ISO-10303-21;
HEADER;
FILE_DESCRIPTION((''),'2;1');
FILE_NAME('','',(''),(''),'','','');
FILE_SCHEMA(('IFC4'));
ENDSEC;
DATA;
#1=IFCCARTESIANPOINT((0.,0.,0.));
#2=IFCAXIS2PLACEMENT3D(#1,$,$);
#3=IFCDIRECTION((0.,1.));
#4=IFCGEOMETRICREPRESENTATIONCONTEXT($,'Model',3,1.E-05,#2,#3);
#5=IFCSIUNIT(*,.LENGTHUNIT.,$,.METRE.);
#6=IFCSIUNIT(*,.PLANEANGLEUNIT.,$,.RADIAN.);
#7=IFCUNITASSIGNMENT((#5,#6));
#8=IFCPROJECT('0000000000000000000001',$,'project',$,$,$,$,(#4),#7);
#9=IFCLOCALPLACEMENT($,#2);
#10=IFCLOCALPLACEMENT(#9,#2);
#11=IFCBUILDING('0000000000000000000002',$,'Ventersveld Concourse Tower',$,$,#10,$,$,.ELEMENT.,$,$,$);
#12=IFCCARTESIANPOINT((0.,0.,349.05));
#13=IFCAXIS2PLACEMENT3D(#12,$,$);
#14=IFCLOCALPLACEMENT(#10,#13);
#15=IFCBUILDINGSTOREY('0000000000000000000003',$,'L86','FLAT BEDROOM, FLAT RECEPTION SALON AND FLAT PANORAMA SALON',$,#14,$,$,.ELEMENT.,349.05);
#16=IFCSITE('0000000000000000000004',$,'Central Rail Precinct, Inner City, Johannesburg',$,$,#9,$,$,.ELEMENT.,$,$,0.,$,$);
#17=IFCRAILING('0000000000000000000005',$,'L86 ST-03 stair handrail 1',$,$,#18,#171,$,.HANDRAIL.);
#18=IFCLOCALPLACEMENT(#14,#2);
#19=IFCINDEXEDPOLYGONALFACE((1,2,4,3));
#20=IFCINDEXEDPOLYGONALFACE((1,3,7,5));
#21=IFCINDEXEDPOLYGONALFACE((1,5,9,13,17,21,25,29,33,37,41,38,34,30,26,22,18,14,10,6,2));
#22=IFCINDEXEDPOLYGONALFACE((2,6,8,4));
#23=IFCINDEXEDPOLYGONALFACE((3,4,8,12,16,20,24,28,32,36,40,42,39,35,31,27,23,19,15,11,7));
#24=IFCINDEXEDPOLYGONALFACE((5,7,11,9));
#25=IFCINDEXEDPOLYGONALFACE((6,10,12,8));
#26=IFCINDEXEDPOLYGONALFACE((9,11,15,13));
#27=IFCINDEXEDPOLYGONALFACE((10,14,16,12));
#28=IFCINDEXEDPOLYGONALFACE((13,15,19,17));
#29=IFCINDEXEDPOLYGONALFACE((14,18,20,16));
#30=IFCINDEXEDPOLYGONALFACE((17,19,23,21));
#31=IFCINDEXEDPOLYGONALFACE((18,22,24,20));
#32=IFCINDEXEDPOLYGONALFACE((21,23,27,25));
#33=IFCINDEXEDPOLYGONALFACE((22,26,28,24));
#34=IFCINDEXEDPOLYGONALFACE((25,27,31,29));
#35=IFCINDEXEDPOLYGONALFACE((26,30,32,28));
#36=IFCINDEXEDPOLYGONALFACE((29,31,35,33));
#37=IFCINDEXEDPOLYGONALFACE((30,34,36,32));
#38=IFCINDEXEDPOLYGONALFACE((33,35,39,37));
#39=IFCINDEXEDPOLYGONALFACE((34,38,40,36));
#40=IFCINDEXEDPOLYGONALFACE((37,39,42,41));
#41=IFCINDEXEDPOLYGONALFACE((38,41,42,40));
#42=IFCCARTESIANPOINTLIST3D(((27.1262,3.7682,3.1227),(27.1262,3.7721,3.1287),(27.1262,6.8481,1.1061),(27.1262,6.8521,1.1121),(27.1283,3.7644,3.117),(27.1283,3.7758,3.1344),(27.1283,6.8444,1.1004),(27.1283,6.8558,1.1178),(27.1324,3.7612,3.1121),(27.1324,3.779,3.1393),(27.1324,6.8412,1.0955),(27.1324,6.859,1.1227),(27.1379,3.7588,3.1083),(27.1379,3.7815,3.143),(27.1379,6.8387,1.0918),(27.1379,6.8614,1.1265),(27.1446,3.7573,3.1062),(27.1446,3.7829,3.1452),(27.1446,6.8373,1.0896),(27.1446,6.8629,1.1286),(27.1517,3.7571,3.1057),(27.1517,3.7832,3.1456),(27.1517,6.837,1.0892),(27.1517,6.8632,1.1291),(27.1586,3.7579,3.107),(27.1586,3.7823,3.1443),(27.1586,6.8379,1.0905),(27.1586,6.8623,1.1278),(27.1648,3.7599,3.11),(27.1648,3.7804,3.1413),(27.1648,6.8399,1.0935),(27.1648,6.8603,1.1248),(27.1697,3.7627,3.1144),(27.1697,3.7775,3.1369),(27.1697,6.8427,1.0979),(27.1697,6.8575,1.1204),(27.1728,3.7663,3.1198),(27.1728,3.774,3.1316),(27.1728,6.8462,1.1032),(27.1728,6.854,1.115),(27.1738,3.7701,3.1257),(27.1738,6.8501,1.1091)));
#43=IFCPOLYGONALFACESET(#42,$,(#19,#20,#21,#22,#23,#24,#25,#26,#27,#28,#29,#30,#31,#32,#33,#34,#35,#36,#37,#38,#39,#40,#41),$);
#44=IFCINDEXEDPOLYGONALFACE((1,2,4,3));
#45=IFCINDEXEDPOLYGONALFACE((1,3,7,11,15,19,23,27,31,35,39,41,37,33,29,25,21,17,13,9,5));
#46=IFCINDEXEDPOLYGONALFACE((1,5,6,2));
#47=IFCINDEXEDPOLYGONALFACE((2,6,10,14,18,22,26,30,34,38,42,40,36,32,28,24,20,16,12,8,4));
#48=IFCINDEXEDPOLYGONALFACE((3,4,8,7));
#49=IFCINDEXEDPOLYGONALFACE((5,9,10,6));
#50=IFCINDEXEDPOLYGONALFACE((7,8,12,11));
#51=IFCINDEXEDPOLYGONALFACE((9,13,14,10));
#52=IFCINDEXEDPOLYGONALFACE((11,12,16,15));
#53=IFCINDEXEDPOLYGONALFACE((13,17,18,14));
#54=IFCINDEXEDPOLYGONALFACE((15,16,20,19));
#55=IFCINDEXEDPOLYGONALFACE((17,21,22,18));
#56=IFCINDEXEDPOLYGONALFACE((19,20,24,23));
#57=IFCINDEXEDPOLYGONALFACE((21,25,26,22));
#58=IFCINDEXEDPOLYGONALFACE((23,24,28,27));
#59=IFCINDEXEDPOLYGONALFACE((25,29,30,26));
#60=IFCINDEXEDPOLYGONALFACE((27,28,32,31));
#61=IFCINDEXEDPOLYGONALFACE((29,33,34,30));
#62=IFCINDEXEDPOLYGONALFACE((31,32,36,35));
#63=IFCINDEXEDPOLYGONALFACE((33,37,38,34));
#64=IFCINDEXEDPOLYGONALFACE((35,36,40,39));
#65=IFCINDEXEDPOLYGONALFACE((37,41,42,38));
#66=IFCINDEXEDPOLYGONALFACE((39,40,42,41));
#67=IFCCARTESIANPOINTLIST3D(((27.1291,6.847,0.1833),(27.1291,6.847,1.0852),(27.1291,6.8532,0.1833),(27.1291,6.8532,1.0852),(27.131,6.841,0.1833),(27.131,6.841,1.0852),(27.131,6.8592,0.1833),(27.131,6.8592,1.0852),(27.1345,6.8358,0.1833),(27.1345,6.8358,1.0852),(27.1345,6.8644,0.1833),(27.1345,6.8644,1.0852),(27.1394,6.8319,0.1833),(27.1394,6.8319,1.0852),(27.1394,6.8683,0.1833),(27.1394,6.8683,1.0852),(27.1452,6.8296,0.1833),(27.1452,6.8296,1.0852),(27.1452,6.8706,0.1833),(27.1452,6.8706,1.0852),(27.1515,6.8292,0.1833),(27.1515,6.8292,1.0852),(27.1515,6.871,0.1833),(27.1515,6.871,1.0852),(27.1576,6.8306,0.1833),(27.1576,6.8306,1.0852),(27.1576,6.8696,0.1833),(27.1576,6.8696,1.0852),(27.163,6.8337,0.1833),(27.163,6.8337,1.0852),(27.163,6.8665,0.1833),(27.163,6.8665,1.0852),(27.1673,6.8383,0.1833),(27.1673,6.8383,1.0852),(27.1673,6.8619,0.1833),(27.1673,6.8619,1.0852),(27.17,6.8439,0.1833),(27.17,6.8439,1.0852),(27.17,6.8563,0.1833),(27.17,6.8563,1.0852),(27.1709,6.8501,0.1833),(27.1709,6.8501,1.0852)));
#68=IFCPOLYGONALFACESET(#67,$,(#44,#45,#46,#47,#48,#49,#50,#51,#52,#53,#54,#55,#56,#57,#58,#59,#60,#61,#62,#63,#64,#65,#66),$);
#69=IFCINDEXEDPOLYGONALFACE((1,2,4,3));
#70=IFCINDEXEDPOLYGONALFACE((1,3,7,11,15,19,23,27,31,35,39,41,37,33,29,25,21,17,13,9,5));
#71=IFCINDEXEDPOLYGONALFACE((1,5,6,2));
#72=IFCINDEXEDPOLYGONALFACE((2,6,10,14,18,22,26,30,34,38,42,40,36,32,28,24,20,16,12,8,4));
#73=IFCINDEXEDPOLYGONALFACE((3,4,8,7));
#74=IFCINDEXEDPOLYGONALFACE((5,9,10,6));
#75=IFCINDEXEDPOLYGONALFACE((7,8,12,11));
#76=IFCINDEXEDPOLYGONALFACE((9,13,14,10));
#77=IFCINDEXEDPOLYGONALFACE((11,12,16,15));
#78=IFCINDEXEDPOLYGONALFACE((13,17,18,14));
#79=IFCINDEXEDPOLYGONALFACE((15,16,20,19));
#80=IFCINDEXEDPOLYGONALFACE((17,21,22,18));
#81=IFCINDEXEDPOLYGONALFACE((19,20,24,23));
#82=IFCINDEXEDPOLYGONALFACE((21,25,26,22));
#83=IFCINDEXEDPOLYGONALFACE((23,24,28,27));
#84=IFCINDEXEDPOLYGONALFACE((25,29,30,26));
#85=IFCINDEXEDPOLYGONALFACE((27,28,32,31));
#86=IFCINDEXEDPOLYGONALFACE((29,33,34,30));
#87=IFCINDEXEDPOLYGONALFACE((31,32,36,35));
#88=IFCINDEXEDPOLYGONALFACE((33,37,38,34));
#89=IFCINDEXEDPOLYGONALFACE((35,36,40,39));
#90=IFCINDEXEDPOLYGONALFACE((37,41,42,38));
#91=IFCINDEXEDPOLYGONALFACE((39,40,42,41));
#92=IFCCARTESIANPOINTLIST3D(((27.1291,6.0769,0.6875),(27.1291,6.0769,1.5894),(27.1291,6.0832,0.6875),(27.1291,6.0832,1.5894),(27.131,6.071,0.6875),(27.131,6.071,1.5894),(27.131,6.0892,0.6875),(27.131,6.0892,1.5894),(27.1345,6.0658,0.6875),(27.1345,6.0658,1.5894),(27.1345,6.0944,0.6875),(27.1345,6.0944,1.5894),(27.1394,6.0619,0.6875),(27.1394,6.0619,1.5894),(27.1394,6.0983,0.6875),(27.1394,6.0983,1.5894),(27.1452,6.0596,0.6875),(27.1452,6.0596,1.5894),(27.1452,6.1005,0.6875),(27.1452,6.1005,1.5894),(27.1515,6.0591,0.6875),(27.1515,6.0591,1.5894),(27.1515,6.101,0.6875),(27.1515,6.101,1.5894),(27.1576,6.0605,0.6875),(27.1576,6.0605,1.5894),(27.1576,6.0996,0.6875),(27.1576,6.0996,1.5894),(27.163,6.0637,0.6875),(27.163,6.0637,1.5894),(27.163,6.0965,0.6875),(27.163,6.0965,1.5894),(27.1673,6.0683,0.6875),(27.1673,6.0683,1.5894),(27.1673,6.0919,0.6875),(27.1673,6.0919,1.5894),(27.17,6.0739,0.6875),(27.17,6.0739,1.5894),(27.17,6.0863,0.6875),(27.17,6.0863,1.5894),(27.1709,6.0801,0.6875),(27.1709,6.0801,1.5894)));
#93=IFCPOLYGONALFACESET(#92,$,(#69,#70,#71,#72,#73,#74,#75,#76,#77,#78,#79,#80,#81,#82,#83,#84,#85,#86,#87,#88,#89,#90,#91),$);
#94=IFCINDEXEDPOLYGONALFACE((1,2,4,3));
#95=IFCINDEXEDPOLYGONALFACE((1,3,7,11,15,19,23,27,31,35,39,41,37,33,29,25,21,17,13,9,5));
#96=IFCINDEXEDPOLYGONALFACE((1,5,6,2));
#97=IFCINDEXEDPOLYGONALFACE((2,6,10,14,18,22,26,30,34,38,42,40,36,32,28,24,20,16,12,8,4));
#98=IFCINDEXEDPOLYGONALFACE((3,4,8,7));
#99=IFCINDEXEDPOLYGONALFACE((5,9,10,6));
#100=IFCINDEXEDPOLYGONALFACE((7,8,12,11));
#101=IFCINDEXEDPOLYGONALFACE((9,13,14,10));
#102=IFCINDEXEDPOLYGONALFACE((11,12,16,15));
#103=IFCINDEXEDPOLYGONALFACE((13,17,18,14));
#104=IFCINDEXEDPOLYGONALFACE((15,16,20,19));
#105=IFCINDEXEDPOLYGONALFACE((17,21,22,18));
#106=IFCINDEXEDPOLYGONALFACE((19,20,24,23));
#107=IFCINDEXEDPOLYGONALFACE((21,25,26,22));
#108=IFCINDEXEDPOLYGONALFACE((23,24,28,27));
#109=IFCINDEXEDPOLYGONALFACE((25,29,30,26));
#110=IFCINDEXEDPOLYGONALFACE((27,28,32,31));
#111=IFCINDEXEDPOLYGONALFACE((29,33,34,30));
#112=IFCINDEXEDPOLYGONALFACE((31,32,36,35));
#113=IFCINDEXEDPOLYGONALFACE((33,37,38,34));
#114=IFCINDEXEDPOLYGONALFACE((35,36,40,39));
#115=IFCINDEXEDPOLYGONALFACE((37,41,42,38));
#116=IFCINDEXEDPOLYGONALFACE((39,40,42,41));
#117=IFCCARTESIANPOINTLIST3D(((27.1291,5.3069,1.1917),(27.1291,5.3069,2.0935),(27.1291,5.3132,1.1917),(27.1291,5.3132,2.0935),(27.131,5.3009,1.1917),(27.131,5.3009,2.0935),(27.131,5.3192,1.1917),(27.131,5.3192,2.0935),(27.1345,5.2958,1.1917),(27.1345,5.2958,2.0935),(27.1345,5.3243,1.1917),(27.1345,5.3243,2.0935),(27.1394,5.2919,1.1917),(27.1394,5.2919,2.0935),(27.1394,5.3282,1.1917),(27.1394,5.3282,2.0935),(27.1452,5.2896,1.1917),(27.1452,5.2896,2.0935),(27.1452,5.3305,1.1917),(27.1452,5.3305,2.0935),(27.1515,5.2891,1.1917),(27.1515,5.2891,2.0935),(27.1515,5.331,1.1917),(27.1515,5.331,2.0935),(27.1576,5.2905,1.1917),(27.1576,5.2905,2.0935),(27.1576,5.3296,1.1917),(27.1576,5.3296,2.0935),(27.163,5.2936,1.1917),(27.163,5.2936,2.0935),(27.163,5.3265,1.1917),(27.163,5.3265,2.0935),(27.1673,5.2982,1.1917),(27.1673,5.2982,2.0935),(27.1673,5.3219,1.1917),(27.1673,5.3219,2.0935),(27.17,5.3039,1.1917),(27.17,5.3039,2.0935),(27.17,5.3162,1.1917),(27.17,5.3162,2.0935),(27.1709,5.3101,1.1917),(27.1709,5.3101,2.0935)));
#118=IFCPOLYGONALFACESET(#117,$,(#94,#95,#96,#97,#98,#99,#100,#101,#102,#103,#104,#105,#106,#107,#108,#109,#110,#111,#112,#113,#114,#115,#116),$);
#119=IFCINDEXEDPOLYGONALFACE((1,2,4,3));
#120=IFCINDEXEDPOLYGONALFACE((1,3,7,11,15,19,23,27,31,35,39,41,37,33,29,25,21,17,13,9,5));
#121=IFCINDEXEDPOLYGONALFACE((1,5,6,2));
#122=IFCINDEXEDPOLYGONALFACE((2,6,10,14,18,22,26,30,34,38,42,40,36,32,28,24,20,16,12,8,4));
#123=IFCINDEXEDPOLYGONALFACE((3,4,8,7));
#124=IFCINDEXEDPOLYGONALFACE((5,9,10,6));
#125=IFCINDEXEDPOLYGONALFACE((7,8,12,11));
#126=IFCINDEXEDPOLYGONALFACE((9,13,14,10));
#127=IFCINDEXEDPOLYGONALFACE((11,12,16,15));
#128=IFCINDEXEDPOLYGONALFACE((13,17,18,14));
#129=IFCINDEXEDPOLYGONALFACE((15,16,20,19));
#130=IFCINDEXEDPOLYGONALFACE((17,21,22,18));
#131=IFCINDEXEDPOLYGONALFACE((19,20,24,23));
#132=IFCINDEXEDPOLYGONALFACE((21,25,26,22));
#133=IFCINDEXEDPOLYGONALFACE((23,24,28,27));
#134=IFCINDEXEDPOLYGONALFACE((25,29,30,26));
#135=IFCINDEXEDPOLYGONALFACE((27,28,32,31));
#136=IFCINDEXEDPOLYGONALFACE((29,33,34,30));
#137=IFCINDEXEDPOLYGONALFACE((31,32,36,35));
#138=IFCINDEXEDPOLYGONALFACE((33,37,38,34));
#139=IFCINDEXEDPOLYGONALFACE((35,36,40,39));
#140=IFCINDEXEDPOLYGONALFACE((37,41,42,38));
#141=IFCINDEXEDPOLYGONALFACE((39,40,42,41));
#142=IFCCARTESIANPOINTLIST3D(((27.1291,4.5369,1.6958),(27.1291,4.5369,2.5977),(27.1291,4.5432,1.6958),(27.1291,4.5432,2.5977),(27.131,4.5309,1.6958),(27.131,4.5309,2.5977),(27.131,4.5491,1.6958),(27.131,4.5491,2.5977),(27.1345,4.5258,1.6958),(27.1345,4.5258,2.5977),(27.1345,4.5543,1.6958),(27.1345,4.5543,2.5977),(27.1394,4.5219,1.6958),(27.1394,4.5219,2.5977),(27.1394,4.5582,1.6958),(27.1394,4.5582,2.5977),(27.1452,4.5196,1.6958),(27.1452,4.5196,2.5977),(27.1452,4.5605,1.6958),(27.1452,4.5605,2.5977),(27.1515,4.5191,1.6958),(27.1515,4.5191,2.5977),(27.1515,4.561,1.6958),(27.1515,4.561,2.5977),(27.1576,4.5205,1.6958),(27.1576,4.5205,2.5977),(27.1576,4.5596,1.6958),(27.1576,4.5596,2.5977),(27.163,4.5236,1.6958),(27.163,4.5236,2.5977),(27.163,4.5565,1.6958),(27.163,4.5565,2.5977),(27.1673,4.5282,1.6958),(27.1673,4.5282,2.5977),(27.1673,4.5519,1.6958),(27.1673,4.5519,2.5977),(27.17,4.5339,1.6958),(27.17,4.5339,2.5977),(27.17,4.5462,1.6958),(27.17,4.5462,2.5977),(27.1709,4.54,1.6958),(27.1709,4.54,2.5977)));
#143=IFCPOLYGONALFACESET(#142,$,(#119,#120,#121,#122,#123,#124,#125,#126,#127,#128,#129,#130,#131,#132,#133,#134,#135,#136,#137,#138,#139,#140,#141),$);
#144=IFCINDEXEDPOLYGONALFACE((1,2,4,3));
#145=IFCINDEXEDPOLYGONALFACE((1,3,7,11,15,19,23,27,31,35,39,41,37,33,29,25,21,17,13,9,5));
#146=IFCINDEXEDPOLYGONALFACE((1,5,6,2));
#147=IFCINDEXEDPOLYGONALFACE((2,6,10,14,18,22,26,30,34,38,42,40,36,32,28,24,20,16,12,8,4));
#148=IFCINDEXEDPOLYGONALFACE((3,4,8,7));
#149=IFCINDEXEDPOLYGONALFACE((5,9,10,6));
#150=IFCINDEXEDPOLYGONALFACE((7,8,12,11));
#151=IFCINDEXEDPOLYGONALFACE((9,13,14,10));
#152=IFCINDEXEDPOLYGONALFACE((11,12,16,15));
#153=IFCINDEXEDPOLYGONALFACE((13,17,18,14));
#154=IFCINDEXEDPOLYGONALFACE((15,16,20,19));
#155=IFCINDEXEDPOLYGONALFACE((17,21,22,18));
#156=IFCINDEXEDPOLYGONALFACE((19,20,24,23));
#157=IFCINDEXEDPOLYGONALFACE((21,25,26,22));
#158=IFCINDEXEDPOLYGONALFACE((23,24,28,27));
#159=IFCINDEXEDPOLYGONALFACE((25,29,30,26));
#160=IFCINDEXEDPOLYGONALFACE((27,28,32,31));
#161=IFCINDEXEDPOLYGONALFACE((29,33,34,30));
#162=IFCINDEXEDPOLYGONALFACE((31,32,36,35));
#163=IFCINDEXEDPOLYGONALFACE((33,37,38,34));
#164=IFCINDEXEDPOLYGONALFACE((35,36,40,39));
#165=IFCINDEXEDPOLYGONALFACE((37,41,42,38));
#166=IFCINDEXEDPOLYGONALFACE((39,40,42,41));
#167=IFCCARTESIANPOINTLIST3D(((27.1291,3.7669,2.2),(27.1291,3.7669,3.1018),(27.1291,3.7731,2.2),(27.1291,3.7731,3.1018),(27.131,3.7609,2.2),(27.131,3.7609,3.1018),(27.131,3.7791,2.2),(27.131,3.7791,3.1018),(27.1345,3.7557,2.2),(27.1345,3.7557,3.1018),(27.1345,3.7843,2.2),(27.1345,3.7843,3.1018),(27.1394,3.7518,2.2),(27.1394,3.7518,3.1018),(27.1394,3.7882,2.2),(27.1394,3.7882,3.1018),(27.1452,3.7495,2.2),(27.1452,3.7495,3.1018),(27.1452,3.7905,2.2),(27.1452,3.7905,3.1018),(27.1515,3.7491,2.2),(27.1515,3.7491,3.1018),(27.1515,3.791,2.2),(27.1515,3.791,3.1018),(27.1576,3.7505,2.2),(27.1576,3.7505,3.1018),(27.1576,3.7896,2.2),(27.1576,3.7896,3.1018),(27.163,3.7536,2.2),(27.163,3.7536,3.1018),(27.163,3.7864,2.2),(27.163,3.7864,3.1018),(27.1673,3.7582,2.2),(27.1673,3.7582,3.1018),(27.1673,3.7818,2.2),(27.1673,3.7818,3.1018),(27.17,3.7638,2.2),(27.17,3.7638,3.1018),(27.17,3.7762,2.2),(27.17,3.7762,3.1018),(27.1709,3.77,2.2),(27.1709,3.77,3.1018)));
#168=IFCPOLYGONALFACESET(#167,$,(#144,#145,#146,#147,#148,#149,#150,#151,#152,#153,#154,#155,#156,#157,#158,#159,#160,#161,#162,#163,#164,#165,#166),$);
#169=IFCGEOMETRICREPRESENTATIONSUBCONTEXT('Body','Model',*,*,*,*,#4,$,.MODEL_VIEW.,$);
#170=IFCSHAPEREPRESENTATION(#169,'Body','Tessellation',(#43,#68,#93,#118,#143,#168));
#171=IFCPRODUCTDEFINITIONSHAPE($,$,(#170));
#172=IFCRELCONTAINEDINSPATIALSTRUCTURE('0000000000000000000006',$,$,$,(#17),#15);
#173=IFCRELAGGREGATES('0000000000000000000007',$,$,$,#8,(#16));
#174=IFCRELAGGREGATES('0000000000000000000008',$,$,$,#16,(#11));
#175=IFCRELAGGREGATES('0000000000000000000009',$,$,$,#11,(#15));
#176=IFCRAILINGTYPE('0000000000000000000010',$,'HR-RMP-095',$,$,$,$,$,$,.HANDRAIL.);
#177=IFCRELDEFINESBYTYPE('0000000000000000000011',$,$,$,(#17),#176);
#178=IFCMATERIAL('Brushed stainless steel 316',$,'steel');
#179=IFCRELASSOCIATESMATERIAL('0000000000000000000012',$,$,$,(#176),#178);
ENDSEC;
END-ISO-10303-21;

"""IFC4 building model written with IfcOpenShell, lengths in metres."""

from ifc_helpers import new_model, si_unit, direction, frame, origin, origin_2d, place, context, subcontext, project, spatial, circle, extrude, material, type_object, element, save


model = new_model("IFC4")

# Units and contexts
model_context = context("Model", 3, precision=1e-05, world=origin(), true_north=direction((0.0, 1.0)))
body_context = subcontext(model_context, "Body", "Model", "MODEL_VIEW")
ifc_project = project(units=[si_unit("LENGTHUNIT", "METRE"), si_unit("PLANEANGLEUNIT", "RADIAN")], contexts=[model_context])

# Site, building, storey
site_placement = place(None, origin())
site = spatial("IfcSite", under=ifc_project, at=site_placement, Name="Central Rail Precinct, Inner City, Johannesburg", CompositionType="ELEMENT", RefElevation=0.0)
building_placement = place(site_placement, origin())
building = spatial("IfcBuilding", under=site, at=building_placement, Name="Ventersveld Concourse Tower", CompositionType="ELEMENT")
storey_placement = place(building_placement, frame((0.0, 0.0, 349.05)))
storey = spatial("IfcBuildingStorey", under=building, at=storey_placement, Name="L86", Description="FLAT BEDROOM, FLAT RECEPTION SALON AND FLAT PANORAMA SALON", CompositionType="ELEMENT", Elevation=349.05)

# Shared definitions
ifc_material_1 = material(Name="Brushed stainless steel 316", Category="steel")

# Railing
railing_type_1 = type_object("IfcRailingType", Name="HR-RMP-095", PredefinedType="HANDRAIL", material=ifc_material_1)
railing_1_placement = place(storey_placement, frame((27.1499, 6.8501, 0.1833)))
element("IfcRailing", 1, at=railing_1_placement, inside=storey, type_object=railing_type_1, Name="L86 ST-03 stair handrail 1", PredefinedType="HANDRAIL", context=body_context, shape_type="SweptSolid", body=[
    extrude(circle(Radius=0.0239, at=origin_2d()), frame((0.0, 0.0, 0.9258), z_axis=(0.0, -0.836633, 0.547764), x_axis=(1.0, 0.0, 0.0)), (0.0, 0.0, 1.0), 3.6814),
    extrude(circle(Radius=0.021, at=origin_2d()), origin(), (0.0, 0.0, 1.0), 0.9019),
    extrude(circle(Radius=0.021, at=origin_2d()), frame((0.0, -0.77, 0.5042)), (0.0, 0.0, 1.0), 0.9019),
    extrude(circle(Radius=0.021, at=origin_2d()), frame((0.0, -1.54, 1.0083)), (0.0, 0.0, 1.0), 0.9019),
    extrude(circle(Radius=0.021, at=origin_2d()), frame((0.0, -2.3101, 1.5125)), (0.0, 0.0, 1.0), 0.9019),
    extrude(circle(Radius=0.021, at=origin_2d()), frame((0.0, -3.0801, 2.0166)), (0.0, 0.0, 1.0), 0.9019),
])

save(model, "model.ifc")
